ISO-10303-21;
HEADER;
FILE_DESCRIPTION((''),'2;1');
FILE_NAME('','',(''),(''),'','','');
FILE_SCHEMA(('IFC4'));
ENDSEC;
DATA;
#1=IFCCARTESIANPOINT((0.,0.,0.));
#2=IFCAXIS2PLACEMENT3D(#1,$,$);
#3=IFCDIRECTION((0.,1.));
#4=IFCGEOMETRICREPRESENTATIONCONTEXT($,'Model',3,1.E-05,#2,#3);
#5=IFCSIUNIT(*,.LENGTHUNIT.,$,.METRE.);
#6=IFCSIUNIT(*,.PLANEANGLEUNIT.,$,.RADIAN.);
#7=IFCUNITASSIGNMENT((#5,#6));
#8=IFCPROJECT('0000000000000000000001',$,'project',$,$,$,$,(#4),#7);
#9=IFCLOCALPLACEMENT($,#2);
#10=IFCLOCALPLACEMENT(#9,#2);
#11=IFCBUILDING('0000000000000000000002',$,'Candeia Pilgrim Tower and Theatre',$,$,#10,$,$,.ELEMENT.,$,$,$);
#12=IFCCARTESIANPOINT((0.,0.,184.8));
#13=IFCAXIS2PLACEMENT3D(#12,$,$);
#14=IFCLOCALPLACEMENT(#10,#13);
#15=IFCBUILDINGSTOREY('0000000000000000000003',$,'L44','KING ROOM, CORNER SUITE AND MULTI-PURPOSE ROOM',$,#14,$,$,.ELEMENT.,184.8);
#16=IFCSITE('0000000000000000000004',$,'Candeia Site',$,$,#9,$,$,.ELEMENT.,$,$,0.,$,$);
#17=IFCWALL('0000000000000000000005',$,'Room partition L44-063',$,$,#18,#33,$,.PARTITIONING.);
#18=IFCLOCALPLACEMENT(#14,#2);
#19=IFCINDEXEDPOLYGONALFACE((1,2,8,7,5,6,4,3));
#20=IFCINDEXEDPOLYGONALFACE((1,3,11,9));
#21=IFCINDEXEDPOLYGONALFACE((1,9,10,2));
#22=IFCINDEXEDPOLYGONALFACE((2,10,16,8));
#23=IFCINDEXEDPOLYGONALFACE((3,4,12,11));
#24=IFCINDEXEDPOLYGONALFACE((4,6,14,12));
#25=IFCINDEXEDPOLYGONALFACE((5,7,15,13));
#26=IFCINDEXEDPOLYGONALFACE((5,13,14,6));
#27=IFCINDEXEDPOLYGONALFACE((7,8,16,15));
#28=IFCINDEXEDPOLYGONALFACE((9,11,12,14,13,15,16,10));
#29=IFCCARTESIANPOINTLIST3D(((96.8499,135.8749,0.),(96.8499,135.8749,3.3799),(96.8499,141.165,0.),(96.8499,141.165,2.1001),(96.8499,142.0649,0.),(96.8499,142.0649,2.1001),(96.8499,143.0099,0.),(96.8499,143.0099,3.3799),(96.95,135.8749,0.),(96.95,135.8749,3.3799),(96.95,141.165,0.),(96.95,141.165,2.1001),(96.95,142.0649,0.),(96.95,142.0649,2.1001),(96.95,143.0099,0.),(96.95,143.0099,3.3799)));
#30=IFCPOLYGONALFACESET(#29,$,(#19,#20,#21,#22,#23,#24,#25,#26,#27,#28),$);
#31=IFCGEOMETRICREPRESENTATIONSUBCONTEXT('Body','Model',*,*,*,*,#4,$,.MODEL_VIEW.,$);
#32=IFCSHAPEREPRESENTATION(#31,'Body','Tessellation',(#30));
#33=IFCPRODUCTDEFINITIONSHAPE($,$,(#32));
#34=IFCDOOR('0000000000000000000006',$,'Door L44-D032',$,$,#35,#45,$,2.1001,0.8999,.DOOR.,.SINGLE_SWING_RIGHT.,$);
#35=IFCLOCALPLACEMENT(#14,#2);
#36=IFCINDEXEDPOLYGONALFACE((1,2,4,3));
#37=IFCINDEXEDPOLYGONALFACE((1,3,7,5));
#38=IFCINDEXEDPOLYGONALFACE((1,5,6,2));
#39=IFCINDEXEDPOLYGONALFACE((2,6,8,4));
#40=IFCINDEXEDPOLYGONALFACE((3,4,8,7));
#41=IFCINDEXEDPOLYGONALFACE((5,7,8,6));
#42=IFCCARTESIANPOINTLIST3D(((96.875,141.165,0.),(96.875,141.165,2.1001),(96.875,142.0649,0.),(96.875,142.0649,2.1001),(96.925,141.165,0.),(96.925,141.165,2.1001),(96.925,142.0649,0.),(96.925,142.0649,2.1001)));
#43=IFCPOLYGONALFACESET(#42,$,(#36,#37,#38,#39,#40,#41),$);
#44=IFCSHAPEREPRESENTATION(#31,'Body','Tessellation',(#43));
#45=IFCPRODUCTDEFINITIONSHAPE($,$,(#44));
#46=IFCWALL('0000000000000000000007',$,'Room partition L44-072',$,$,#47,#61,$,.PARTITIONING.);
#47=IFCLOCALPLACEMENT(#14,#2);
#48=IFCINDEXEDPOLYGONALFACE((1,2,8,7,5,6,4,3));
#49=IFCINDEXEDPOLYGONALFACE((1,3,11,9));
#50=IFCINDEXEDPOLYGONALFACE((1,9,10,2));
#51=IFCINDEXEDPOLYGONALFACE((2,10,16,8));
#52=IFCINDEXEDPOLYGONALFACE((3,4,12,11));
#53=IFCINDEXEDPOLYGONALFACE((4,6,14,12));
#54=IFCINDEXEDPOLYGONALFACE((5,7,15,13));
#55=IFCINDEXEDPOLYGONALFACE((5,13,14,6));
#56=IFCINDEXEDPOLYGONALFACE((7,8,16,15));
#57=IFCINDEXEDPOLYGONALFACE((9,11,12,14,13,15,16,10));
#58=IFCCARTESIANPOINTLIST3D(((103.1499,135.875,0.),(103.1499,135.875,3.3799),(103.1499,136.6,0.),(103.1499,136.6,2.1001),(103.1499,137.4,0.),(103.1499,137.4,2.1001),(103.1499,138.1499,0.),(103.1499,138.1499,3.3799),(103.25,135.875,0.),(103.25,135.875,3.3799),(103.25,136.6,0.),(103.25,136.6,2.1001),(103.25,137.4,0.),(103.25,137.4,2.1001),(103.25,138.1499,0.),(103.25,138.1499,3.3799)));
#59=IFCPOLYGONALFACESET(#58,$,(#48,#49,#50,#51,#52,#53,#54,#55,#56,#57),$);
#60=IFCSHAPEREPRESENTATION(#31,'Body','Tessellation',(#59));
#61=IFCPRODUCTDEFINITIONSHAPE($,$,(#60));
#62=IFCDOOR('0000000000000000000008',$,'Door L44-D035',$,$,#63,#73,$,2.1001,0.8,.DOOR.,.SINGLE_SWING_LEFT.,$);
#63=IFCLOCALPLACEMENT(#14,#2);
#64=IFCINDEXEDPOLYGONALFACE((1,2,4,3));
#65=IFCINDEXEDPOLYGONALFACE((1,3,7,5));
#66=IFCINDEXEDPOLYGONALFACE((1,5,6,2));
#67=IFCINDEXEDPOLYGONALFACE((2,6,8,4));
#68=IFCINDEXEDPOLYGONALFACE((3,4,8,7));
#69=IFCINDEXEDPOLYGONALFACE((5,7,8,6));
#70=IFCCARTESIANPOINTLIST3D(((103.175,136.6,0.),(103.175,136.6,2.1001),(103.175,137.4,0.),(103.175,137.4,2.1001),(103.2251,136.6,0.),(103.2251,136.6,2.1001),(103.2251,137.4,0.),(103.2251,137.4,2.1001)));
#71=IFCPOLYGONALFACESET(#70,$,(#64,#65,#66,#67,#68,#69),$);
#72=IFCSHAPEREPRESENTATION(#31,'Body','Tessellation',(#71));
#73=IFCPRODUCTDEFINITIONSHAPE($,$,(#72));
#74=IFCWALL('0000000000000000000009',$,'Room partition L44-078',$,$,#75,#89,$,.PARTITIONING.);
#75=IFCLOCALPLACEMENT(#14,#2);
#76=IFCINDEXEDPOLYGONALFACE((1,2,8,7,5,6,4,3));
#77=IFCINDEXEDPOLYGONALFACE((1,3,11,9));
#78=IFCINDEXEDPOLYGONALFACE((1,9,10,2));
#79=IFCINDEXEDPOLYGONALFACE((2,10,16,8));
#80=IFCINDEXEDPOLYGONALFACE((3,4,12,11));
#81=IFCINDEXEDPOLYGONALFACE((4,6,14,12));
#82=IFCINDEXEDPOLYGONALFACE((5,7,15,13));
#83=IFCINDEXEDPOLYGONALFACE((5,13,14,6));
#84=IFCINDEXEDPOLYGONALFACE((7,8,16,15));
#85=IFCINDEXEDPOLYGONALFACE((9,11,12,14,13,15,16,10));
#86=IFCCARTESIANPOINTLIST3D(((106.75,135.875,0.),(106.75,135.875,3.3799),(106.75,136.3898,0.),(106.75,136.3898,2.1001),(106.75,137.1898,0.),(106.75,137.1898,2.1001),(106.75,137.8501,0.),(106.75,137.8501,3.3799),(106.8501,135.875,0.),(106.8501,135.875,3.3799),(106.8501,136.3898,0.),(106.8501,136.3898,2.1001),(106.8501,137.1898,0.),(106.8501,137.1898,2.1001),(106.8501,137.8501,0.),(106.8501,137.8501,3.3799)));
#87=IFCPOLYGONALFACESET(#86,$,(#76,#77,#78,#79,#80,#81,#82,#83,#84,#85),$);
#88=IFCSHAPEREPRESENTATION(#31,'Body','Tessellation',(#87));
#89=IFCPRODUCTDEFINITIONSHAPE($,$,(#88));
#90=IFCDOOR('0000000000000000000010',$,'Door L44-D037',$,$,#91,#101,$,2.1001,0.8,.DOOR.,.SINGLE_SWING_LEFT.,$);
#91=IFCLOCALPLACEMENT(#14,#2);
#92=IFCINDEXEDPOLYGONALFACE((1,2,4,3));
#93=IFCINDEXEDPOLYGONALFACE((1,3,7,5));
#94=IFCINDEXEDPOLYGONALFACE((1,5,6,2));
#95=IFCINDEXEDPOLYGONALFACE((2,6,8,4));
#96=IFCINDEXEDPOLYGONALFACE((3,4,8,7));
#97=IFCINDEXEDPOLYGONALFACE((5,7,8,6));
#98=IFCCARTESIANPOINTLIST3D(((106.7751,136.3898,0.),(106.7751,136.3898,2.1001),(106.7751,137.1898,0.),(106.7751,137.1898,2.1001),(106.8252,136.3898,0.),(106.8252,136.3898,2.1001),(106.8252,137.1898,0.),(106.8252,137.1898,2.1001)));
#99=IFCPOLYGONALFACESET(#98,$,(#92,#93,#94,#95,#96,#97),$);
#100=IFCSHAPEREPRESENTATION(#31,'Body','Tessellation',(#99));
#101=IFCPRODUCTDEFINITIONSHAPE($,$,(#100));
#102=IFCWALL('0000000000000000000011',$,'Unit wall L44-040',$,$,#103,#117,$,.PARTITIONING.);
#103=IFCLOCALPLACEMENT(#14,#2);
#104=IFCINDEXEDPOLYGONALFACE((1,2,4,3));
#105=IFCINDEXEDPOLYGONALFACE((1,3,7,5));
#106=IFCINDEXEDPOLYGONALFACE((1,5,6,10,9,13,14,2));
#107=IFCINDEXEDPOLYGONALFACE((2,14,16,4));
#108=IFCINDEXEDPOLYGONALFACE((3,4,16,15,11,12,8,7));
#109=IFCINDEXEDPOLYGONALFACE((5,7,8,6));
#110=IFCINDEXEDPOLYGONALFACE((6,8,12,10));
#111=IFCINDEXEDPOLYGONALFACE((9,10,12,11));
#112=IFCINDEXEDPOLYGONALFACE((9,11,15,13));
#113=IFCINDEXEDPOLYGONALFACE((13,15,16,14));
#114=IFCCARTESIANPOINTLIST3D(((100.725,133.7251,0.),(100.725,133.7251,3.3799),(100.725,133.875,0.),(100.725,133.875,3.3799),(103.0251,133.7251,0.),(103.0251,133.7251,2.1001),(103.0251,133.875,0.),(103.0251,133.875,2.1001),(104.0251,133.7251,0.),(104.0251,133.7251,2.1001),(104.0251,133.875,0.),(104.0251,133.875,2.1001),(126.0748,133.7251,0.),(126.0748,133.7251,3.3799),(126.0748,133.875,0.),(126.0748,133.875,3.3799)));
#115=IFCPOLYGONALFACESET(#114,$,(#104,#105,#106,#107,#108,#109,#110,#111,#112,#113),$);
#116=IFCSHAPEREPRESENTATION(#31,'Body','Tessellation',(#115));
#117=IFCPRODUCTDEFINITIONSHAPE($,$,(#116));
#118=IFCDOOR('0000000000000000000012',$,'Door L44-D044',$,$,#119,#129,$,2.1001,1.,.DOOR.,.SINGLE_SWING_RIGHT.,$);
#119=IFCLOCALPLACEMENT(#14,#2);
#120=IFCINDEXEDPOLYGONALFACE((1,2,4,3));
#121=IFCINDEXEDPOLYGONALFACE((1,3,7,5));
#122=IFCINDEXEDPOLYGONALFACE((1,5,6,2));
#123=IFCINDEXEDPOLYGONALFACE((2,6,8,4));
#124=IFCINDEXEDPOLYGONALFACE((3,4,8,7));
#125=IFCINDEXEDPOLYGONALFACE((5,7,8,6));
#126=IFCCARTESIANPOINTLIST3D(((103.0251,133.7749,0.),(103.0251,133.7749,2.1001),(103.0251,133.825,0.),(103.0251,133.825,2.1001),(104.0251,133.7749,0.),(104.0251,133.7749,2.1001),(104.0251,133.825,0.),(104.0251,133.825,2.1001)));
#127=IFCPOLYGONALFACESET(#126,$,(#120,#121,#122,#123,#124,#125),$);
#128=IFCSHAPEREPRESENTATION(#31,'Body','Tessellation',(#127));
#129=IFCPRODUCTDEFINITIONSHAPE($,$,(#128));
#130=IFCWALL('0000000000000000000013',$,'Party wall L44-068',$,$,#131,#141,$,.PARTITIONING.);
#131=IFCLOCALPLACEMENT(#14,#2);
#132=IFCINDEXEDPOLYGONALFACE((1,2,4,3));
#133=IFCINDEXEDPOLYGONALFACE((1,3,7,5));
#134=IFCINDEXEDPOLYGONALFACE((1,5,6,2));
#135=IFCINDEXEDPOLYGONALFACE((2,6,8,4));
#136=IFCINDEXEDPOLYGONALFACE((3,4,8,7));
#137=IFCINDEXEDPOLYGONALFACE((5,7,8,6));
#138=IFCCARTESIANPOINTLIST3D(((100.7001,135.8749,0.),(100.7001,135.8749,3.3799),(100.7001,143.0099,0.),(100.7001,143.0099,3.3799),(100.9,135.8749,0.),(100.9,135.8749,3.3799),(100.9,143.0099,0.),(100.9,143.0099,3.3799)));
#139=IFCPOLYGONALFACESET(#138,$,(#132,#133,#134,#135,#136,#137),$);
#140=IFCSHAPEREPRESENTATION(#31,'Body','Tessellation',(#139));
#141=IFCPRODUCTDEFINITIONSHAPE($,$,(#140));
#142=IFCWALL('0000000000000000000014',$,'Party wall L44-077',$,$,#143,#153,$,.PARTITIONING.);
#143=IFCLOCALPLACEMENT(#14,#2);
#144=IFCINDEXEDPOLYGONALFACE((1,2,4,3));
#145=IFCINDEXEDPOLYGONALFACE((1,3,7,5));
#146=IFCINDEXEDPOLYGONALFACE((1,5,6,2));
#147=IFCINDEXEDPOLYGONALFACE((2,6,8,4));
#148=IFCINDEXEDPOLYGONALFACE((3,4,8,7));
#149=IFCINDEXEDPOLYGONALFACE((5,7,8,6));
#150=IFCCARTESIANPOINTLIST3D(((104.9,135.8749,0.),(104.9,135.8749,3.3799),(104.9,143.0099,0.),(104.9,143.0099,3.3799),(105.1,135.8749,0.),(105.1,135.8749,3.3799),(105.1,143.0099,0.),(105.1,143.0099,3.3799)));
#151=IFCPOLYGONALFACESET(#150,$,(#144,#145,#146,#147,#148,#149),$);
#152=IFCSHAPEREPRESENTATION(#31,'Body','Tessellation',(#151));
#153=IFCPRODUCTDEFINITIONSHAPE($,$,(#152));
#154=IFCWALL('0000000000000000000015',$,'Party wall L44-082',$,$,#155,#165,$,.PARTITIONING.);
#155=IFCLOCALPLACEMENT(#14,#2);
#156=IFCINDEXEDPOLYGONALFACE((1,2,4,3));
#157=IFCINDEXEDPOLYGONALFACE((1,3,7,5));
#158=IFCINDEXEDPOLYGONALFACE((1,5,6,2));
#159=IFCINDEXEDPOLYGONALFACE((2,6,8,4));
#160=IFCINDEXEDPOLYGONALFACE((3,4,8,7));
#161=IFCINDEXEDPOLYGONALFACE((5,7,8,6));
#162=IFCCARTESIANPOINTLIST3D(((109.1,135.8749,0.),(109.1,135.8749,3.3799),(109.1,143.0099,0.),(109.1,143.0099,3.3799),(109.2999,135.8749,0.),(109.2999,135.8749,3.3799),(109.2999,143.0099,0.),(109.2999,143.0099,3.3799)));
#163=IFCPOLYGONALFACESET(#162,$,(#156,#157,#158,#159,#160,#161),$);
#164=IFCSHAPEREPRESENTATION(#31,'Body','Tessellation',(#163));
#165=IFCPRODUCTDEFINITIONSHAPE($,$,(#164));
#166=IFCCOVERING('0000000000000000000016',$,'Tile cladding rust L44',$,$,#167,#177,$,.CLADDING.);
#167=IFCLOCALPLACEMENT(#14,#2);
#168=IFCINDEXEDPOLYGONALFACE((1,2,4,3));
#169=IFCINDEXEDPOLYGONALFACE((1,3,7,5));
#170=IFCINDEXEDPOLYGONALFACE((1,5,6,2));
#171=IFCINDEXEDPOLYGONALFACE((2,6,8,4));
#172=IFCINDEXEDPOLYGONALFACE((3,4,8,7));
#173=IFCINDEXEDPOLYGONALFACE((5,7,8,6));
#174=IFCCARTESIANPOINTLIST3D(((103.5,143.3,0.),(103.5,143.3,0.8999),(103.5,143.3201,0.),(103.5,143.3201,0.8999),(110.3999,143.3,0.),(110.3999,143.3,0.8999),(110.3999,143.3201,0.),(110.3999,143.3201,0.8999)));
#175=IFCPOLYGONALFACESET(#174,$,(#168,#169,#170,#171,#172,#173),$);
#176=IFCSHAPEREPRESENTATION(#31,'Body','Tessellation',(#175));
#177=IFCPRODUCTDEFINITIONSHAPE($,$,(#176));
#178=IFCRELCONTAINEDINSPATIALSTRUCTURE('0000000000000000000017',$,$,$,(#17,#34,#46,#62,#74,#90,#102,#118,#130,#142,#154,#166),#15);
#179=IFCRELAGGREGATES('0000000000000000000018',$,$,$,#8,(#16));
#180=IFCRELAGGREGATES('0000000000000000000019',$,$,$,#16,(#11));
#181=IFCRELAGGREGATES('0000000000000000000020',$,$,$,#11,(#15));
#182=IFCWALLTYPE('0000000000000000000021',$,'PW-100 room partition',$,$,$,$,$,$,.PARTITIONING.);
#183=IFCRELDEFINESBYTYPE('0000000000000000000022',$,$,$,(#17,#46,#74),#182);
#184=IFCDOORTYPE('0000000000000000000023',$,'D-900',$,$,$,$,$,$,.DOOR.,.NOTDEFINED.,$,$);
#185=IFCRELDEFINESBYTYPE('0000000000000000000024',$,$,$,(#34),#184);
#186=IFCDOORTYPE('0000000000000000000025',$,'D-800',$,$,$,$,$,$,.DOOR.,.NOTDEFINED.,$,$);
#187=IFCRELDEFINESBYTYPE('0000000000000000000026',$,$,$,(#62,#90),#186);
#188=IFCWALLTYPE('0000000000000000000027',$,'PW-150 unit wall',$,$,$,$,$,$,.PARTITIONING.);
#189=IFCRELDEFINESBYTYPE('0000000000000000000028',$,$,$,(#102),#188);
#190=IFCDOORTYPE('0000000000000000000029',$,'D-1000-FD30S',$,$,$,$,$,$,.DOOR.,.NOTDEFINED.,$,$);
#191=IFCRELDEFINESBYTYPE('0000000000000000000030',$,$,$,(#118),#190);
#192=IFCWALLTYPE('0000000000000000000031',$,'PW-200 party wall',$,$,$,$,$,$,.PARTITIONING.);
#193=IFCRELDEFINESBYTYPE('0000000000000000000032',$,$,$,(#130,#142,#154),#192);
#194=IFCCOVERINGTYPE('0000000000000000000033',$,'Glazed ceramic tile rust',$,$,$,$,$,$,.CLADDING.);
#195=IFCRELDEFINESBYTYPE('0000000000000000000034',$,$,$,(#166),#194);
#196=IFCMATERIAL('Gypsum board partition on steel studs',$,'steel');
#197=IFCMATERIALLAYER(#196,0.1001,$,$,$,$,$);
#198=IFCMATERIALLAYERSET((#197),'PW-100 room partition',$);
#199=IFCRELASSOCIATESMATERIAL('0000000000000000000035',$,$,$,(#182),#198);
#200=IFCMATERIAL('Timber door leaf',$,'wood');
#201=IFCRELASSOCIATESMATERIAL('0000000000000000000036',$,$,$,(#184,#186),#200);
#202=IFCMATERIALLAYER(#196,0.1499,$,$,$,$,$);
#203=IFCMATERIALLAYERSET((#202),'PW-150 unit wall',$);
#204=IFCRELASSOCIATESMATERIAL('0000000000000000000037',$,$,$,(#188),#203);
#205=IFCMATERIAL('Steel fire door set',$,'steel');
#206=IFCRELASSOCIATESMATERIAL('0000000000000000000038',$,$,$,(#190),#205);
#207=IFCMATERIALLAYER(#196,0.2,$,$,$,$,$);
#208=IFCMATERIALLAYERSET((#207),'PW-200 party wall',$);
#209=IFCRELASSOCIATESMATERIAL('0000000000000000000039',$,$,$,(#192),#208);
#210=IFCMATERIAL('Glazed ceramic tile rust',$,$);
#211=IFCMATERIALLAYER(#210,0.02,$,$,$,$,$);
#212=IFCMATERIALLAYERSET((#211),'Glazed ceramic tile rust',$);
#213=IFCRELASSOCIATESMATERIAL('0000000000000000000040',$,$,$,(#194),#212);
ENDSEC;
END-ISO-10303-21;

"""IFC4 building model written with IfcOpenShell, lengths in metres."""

from ifc_helpers import new_model, si_unit, direction, frame, frame_2d, origin, origin_2d, place, context, subcontext, project, spatial, rectangle, extrude, material, layer, layer_set, type_object, element, fill, save


model = new_model("IFC4")

# Units and contexts
model_context = context("Model", 3, precision=1e-05, world=origin(), true_north=direction((0.0, 1.0)))
body_context = subcontext(model_context, "Body", "Model", "MODEL_VIEW")
ifc_project = project(units=[si_unit("LENGTHUNIT", "METRE"), si_unit("PLANEANGLEUNIT", "RADIAN")], contexts=[model_context])

# Site, building, storey
site_placement = place(None, origin())
site = spatial("IfcSite", under=ifc_project, at=site_placement, Name="Candeia Site", CompositionType="ELEMENT", RefElevation=0.0)
building_placement = place(site_placement, origin())
building = spatial("IfcBuilding", under=site, at=building_placement, Name="Candeia Pilgrim Tower and Theatre", CompositionType="ELEMENT")
storey_placement = place(building_placement, frame((0.0, 0.0, 184.8)))
storey = spatial("IfcBuildingStorey", under=building, at=storey_placement, Name="L44", Description="KING ROOM, CORNER SUITE AND MULTI-PURPOSE ROOM", CompositionType="ELEMENT", Elevation=184.8)

# Shared definitions
ifc_material_1 = material(Name="Gypsum board partition on steel studs", Category="steel")
ifc_layer_1 = layer(ifc_material_1, 0.1001)
ifc_layer_set_1 = layer_set([ifc_layer_1], Name="PW-100 room partition")
wall_type_1 = type_object("IfcWallType", Name="PW-100 room partition", PredefinedType="PARTITIONING", material=ifc_layer_set_1)

# Shared definitions
ifc_material_2 = material(Name="Timber door leaf", Category="wood")
door_type_1 = type_object("IfcDoorType", Name="D-900", OperationType="NOTDEFINED", PredefinedType="DOOR", material=ifc_material_2)

# Walls, openings, doors
wall_1_placement = place(storey_placement, frame((96.8999, 135.875, 0.0), z_axis=(0.0, 0.0, 1.0), x_axis=(0.0, 1.0, 0.0)))
wall_1 = element("IfcWall", 1, at=wall_1_placement, inside=storey, type_object=wall_type_1, Name="Room partition L44-063", PredefinedType="PARTITIONING", context=body_context, shape_type="SweptSolid", body=[
    extrude(rectangle(XDim=7.135, YDim=0.1001, at=frame_2d((3.5674, 0.0))), origin(), (0.0, 0.0, 1.0), 3.3799),
])
opening_1_placement = place(wall_1_placement, frame((5.29, 0.0, 0.0)))
opening_1 = element("IfcOpeningElement", 2, at=opening_1_placement, cuts=wall_1, PredefinedType="OPENING", context=body_context, shape_type="SweptSolid", body=[
    extrude(rectangle(XDim=0.8999, YDim=2.1001, at=frame_2d((0.45, 1.05))), frame((0.0, 0.0601, 0.0), z_axis=(0.0, -1.0, 0.0), x_axis=(1.0, 0.0, 0.0)), (0.0, 0.0, 1.0), 0.1201),
])
door_1_placement = place(opening_1_placement, origin())
door_1 = element("IfcDoor", 3, at=door_1_placement, inside=storey, type_object=door_type_1, Name="Door L44-D032", OperationType="SINGLE_SWING_RIGHT", OverallHeight=2.1001, OverallWidth=0.8999, PredefinedType="DOOR", context=body_context, shape_type="SweptSolid", body=[
    extrude(rectangle(XDim=0.8999, YDim=2.1001, at=frame_2d((0.45, 1.05))), frame((0.0, 0.0249, 0.0), z_axis=(0.0, -1.0, 0.0), x_axis=(1.0, 0.0, 0.0)), (0.0, 0.0, 1.0), 0.05),
])
fill(opening_1, door_1)
wall_2_placement = place(storey_placement, frame((103.2, 135.875, 0.0), z_axis=(0.0, 0.0, 1.0), x_axis=(0.0, 1.0, 0.0)))
wall_2 = element("IfcWall", 4, at=wall_2_placement, inside=storey, type_object=wall_type_1, Name="Room partition L44-072", PredefinedType="PARTITIONING", context=body_context, shape_type="SweptSolid", body=[
    extrude(rectangle(XDim=2.2749, YDim=0.1001, at=frame_2d((1.1375, 0.0))), origin(), (0.0, 0.0, 1.0), 3.3799),
])
opening_2_placement = place(wall_2_placement, frame((0.7251, 0.0, 0.0)))
opening_2 = element("IfcOpeningElement", 5, at=opening_2_placement, cuts=wall_2, PredefinedType="OPENING", context=body_context, shape_type="SweptSolid", body=[
    extrude(rectangle(XDim=0.8, YDim=2.1001, at=frame_2d((0.3999, 1.05))), frame((0.0, 0.0601, 0.0), z_axis=(0.0, -1.0, 0.0), x_axis=(1.0, 0.0, 0.0)), (0.0, 0.0, 1.0), 0.1201),
])
door_type_2 = type_object("IfcDoorType", Name="D-800", OperationType="NOTDEFINED", PredefinedType="DOOR", material=ifc_material_2)
door_2_placement = place(opening_2_placement, origin())
door_2 = element("IfcDoor", 6, at=door_2_placement, inside=storey, type_object=door_type_2, Name="Door L44-D035", OperationType="SINGLE_SWING_LEFT", OverallHeight=2.1001, OverallWidth=0.8, PredefinedType="DOOR", context=body_context, shape_type="SweptSolid", body=[
    extrude(rectangle(XDim=0.8, YDim=2.1001, at=frame_2d((0.3999, 1.05))), frame((0.0, 0.0249, 0.0), z_axis=(0.0, -1.0, 0.0), x_axis=(1.0, 0.0, 0.0)), (0.0, 0.0, 1.0), 0.05),
])
fill(opening_2, door_2)
wall_3_placement = place(storey_placement, frame((106.8, 135.875, 0.0), z_axis=(0.0, 0.0, 1.0), x_axis=(0.0, 1.0, 0.0)))
wall_3 = element("IfcWall", 7, at=wall_3_placement, inside=storey, type_object=wall_type_1, Name="Room partition L44-078", PredefinedType="PARTITIONING", context=body_context, shape_type="SweptSolid", body=[
    extrude(rectangle(XDim=1.9751, YDim=0.1001, at=frame_2d((0.9875, 0.0))), origin(), (0.0, 0.0, 1.0), 3.3799),
])
opening_3_placement = place(wall_3_placement, frame((0.5149, 0.0, 0.0)))
opening_3 = element("IfcOpeningElement", 8, at=opening_3_placement, cuts=wall_3, PredefinedType="OPENING", context=body_context, shape_type="SweptSolid", body=[
    extrude(rectangle(XDim=0.8, YDim=2.1001, at=frame_2d((0.3999, 1.05))), frame((0.0, 0.0601, 0.0), z_axis=(0.0, -1.0, 0.0), x_axis=(1.0, 0.0, 0.0)), (0.0, 0.0, 1.0), 0.1201),
])
door_3_placement = place(opening_3_placement, origin())
door_3 = element("IfcDoor", 9, at=door_3_placement, inside=storey, type_object=door_type_2, Name="Door L44-D037", OperationType="SINGLE_SWING_LEFT", OverallHeight=2.1001, OverallWidth=0.8, PredefinedType="DOOR", context=body_context, shape_type="SweptSolid", body=[
    extrude(rectangle(XDim=0.8, YDim=2.1001, at=frame_2d((0.3999, 1.05))), frame((0.0, 0.0249, 0.0), z_axis=(0.0, -1.0, 0.0), x_axis=(1.0, 0.0, 0.0)), (0.0, 0.0, 1.0), 0.05),
])
fill(opening_3, door_3)
ifc_layer_2 = layer(ifc_material_1, 0.1499)
ifc_layer_set_2 = layer_set([ifc_layer_2], Name="PW-150 unit wall")
wall_type_2 = type_object("IfcWallType", Name="PW-150 unit wall", PredefinedType="PARTITIONING", material=ifc_layer_set_2)
wall_4_placement = place(storey_placement, frame((100.7251, 133.8, 0.0), z_axis=(0.0, 0.0, 1.0), x_axis=(1.0, 0.0, 0.0)))
wall_4 = element("IfcWall", 10, at=wall_4_placement, inside=storey, type_object=wall_type_2, Name="Unit wall L44-040", PredefinedType="PARTITIONING", context=body_context, shape_type="SweptSolid", body=[
    extrude(rectangle(XDim=25.3499, YDim=0.1499, at=frame_2d((12.6748, 0.0))), origin(), (0.0, 0.0, 1.0), 3.3799),
])
opening_4_placement = place(wall_4_placement, frame((2.3, 0.0, 0.0)))
opening_4 = element("IfcOpeningElement", 11, at=opening_4_placement, cuts=wall_4, PredefinedType="OPENING", context=body_context, shape_type="SweptSolid", body=[
    extrude(rectangle(XDim=1.0, YDim=2.1001, at=frame_2d((0.5, 1.05))), frame((0.0, 0.085, 0.0), z_axis=(0.0, -1.0, 0.0), x_axis=(1.0, 0.0, 0.0)), (0.0, 0.0, 1.0), 0.1699),
])
ifc_material_3 = material(Name="Steel fire door set", Category="steel")
door_type_3 = type_object("IfcDoorType", Name="D-1000-FD30S", OperationType="NOTDEFINED", PredefinedType="DOOR", material=ifc_material_3)
door_4_placement = place(opening_4_placement, origin())
door_4 = element("IfcDoor", 12, at=door_4_placement, inside=storey, type_object=door_type_3, Name="Door L44-D044", OperationType="SINGLE_SWING_RIGHT", OverallHeight=2.1001, OverallWidth=1.0, PredefinedType="DOOR", context=body_context, shape_type="SweptSolid", body=[
    extrude(rectangle(XDim=1.0, YDim=2.1001, at=frame_2d((0.5, 1.05))), frame((0.0, 0.0249, 0.0), z_axis=(0.0, -1.0, 0.0), x_axis=(1.0, 0.0, 0.0)), (0.0, 0.0, 1.0), 0.05),
])
fill(opening_4, door_4)

# Walls
ifc_layer_3 = layer(ifc_material_1, 0.2)
ifc_layer_set_3 = layer_set([ifc_layer_3], Name="PW-200 party wall")
wall_type_3 = type_object("IfcWallType", Name="PW-200 party wall", PredefinedType="PARTITIONING", material=ifc_layer_set_3)
for number, where, z_axis, x_axis, name in (
    (13, (100.8, 135.875, 0.0), (0.0, 0.0, 1.0), (0.0, 1.0, 0.0), "Party wall L44-068"),
    (14, (105.0, 135.875, 0.0), (0.0, 0.0, 1.0), (0.0, 1.0, 0.0), "Party wall L44-077"),
    (15, (109.2, 135.875, 0.0), (0.0, 0.0, 1.0), (0.0, 1.0, 0.0), "Party wall L44-082"),
):
    element("IfcWall", number, at=place(storey_placement, frame(where, z_axis=z_axis, x_axis=x_axis)), inside=storey, type_object=wall_type_3, Name=name, PredefinedType="PARTITIONING", context=body_context, shape_type="SweptSolid", body=[
        extrude(rectangle(XDim=7.135, YDim=0.2, at=frame_2d((3.5674, 0.0))), origin(), (0.0, 0.0, 1.0), 3.3799),
    ])

# Covering
ifc_material_4 = material(Name="Glazed ceramic tile rust")
ifc_layer_4 = layer(ifc_material_4, 0.02)
ifc_layer_set_4 = layer_set([ifc_layer_4], Name="Glazed ceramic tile rust")
covering_type = type_object("IfcCoveringType", Name="Glazed ceramic tile rust", PredefinedType="CLADDING", material=ifc_layer_set_4)
covering_1_placement = place(storey_placement, frame((106.95, 143.3101, 0.0), z_axis=(0.0, 0.0, 1.0), x_axis=(-1.0, 0.0, 0.0)))
element("IfcCovering", 16, at=covering_1_placement, inside=storey, type_object=covering_type, Name="Tile cladding rust L44", PredefinedType="CLADDING", context=body_context, shape_type="SweptSolid", body=[
    extrude(rectangle(XDim=6.8999, YDim=0.02, at=origin_2d()), origin(), (0.0, 0.0, 1.0), 0.8999),
])

save(model, "model.ifc")
